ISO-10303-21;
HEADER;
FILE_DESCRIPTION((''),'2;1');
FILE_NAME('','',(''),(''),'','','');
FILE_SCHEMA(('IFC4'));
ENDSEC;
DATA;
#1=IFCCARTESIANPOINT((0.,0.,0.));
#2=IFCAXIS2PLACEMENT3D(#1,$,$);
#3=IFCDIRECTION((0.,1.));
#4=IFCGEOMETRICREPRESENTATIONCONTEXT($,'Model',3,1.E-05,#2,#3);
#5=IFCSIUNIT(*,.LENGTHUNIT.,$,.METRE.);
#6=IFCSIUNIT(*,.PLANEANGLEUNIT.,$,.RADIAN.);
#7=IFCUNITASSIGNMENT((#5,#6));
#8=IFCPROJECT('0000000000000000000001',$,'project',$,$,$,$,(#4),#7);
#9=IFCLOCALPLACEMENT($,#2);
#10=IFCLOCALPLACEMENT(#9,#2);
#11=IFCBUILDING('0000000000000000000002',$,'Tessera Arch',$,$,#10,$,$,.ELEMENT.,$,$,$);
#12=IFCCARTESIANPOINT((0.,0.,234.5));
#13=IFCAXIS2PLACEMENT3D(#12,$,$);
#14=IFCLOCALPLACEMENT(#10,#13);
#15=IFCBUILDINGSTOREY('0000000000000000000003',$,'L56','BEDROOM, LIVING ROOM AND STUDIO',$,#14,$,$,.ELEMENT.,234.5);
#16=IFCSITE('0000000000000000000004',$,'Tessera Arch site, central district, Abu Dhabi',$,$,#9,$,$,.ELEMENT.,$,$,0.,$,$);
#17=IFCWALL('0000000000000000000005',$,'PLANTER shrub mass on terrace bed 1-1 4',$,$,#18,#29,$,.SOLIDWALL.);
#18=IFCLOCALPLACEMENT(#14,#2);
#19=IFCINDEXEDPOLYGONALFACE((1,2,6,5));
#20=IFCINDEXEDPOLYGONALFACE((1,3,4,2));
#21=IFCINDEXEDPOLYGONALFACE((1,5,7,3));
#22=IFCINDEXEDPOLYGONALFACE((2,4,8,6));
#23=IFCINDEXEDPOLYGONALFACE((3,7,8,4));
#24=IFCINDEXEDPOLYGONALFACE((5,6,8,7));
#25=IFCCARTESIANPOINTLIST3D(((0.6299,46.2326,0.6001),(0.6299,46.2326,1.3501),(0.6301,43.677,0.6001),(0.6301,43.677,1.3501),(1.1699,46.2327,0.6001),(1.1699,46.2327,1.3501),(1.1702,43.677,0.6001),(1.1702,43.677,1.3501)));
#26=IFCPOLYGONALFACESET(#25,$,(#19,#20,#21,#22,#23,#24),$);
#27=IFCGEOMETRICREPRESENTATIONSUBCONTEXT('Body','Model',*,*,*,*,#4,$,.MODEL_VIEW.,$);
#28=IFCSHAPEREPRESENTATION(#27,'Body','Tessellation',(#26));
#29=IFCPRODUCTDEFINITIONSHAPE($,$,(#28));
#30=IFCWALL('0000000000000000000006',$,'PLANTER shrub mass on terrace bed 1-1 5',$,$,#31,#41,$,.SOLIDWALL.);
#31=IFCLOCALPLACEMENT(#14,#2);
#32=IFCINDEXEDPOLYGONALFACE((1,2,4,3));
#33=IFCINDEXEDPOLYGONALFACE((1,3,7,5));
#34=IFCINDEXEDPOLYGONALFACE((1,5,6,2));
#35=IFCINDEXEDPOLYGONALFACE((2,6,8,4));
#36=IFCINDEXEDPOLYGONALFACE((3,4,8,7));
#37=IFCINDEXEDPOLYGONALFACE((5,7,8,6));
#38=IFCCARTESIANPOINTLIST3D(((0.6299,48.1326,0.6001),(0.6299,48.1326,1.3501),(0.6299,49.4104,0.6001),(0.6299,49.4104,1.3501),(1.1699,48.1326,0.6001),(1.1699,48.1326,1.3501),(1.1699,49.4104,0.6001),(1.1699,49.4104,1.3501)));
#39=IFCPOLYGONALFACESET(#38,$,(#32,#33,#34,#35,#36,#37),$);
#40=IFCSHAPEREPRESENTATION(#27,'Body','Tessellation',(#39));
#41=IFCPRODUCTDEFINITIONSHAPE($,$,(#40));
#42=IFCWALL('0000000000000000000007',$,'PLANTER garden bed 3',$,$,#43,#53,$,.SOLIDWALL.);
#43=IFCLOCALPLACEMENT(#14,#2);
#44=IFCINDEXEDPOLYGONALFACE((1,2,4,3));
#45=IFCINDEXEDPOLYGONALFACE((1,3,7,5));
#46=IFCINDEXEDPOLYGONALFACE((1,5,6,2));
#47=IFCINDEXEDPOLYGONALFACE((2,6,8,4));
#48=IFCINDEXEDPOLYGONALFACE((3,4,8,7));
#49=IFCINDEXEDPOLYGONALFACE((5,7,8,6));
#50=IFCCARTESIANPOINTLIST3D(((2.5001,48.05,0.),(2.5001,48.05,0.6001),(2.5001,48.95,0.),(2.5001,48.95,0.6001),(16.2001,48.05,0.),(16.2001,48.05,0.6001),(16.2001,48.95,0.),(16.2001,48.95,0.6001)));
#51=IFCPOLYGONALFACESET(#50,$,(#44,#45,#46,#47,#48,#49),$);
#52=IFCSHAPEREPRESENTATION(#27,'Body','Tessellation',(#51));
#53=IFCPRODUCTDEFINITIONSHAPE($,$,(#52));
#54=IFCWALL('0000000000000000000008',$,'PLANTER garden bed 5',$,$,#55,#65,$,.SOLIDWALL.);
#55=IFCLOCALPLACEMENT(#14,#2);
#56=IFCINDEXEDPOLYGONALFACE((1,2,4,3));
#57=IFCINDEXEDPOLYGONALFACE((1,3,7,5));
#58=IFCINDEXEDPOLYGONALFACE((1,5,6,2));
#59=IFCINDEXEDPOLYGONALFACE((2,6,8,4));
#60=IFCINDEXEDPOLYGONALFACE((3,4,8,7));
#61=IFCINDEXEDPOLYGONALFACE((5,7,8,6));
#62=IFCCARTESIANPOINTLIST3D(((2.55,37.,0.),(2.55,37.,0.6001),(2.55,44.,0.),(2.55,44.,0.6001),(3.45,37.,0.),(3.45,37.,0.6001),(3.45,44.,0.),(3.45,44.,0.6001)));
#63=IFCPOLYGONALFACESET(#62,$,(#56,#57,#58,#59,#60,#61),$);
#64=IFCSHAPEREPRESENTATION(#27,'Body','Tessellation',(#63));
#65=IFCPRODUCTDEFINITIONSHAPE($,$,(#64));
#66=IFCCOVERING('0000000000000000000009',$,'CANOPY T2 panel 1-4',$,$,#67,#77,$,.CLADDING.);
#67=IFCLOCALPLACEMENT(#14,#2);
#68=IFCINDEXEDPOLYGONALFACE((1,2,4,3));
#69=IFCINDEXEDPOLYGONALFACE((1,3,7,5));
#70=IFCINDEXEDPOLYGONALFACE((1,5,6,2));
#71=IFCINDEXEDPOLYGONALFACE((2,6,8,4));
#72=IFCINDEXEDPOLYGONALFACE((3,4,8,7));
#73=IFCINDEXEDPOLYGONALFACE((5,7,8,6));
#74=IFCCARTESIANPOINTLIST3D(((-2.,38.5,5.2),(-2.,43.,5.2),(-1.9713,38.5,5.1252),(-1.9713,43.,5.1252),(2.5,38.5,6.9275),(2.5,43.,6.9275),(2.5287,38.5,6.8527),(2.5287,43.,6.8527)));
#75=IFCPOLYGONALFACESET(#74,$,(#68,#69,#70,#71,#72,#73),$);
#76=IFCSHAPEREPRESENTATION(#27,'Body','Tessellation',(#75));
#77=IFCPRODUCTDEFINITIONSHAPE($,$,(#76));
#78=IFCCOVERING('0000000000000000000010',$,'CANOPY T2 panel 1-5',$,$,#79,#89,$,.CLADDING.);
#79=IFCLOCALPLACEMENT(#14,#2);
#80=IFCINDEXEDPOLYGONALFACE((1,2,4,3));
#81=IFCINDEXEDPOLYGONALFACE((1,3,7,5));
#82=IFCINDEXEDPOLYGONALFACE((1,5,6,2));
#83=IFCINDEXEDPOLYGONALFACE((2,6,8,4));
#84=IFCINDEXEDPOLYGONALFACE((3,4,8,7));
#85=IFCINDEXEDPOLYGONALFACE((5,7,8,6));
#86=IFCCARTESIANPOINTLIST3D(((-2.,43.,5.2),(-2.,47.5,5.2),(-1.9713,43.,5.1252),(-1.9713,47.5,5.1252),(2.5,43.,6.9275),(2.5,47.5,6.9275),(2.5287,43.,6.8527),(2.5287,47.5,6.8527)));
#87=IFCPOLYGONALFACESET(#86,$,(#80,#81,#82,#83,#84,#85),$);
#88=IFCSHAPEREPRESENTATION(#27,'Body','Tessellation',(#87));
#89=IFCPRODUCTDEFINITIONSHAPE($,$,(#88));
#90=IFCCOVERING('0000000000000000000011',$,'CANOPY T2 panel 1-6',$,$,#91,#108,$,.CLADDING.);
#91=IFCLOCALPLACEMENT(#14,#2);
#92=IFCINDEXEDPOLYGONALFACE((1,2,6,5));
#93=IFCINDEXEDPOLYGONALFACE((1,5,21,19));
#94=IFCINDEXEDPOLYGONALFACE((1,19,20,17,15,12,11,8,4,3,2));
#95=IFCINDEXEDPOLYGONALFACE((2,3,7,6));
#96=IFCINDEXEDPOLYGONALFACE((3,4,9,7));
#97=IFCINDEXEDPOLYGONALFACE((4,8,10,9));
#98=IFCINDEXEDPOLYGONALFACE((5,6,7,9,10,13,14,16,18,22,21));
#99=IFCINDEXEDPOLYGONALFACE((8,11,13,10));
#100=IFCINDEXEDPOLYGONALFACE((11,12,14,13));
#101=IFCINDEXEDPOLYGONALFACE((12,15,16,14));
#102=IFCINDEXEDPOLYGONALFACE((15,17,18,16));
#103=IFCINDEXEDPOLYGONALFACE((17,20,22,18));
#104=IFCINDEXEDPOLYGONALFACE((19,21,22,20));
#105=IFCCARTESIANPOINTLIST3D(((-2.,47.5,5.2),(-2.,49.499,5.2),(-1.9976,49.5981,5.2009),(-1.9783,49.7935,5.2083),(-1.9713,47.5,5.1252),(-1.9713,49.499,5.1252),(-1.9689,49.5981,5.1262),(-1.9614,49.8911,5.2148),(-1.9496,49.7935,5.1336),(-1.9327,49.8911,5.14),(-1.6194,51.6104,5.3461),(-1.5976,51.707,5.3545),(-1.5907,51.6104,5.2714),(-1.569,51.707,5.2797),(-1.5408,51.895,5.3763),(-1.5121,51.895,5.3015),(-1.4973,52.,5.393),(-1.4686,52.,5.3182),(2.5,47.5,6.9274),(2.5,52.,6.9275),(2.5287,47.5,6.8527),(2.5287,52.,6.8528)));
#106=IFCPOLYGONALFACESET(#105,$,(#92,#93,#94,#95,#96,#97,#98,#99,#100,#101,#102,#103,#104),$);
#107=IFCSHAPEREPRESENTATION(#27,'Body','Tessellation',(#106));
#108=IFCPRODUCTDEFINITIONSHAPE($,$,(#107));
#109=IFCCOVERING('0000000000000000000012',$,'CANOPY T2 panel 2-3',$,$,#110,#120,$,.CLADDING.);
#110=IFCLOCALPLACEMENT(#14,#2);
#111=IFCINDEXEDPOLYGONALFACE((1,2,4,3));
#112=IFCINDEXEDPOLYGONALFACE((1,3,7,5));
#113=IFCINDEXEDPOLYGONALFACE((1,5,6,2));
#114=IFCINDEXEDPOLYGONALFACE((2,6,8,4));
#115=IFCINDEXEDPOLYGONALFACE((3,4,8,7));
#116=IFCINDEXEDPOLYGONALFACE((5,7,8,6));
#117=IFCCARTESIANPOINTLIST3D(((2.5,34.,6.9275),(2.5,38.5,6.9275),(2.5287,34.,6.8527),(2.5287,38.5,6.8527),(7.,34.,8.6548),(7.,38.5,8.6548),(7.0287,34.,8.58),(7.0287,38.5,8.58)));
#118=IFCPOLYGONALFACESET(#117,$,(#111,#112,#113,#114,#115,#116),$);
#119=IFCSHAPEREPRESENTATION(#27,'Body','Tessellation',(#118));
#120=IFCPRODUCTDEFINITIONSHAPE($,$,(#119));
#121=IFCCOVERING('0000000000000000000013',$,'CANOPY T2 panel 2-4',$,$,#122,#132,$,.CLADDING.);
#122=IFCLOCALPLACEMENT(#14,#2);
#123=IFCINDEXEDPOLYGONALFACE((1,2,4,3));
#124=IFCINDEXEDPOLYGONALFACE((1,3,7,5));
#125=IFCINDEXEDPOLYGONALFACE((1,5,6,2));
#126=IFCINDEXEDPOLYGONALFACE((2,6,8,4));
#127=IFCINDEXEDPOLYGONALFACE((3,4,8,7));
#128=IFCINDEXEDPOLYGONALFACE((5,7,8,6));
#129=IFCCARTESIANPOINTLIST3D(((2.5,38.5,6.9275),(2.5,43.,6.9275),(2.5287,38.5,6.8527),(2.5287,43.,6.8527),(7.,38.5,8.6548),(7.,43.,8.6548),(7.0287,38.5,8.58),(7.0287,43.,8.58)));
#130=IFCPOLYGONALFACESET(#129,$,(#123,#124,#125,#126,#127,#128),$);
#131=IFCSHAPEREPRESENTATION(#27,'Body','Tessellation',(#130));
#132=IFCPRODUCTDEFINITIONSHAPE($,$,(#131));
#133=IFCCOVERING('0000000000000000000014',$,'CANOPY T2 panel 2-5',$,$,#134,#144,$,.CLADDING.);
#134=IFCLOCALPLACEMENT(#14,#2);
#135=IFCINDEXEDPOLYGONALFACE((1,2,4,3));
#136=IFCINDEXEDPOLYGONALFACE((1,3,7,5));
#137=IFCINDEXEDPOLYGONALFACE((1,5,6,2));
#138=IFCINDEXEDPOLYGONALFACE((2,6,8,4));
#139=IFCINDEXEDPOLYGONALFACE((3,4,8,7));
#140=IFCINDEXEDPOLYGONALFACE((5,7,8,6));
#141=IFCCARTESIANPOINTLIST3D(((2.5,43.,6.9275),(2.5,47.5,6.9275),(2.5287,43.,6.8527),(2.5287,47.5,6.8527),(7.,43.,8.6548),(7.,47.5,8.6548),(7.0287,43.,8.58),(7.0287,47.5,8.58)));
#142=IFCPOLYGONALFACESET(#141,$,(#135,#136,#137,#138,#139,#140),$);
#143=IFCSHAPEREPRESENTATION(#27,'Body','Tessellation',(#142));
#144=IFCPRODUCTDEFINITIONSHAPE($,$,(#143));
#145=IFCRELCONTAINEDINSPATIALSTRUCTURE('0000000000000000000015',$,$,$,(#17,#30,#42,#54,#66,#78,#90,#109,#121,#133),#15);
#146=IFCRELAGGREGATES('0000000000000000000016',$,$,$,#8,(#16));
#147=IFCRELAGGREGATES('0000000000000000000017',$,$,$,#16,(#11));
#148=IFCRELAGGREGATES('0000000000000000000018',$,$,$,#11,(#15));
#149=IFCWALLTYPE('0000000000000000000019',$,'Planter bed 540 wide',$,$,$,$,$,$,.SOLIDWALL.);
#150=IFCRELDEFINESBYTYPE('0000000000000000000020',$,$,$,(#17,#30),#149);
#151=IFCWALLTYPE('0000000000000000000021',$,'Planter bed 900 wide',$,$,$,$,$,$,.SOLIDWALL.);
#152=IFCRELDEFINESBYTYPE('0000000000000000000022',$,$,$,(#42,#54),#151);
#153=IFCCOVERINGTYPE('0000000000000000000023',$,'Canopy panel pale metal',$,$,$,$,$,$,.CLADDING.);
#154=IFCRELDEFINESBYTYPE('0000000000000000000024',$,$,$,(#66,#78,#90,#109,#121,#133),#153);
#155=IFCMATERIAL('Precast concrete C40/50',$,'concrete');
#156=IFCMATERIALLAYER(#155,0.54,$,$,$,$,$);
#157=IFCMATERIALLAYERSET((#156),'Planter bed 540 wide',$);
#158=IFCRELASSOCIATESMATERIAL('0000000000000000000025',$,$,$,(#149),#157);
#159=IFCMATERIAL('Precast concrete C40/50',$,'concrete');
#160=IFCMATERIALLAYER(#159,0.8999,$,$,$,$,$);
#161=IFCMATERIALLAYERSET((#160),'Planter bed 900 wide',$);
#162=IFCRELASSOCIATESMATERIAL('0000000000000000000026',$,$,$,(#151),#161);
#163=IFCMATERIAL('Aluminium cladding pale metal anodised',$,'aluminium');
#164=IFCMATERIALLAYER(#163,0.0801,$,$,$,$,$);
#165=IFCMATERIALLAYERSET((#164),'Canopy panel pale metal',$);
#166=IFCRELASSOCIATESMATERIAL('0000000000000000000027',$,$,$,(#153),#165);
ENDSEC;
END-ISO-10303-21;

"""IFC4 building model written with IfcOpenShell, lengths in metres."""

from ifc_helpers import new_model, si_unit, direction, frame, frame_2d, origin, place, context, subcontext, project, spatial, polyline, rectangle, outline, extrude, material, layer, layer_set, type_object, element, save


model = new_model("IFC4")

# Units and contexts
model_context = context("Model", 3, precision=1e-05, world=origin(), true_north=direction((0.0, 1.0)))
body_context = subcontext(model_context, "Body", "Model", "MODEL_VIEW")
ifc_project = project(units=[si_unit("LENGTHUNIT", "METRE"), si_unit("PLANEANGLEUNIT", "RADIAN")], contexts=[model_context])

# Site, building, storey
site_placement = place(None, origin())
site = spatial("IfcSite", under=ifc_project, at=site_placement, Name="Tessera Arch site, central district, Abu Dhabi", CompositionType="ELEMENT", RefElevation=0.0)
building_placement = place(site_placement, origin())
building = spatial("IfcBuilding", under=site, at=building_placement, Name="Tessera Arch", CompositionType="ELEMENT")
storey_placement = place(building_placement, frame((0.0, 0.0, 234.5)))
storey = spatial("IfcBuildingStorey", under=building, at=storey_placement, Name="L56", Description="BEDROOM, LIVING ROOM AND STUDIO", CompositionType="ELEMENT", Elevation=234.5)

# Walls
ifc_material_1 = material(Name="Precast concrete C40/50", Category="concrete")
ifc_layer_1 = layer(ifc_material_1, 0.54)
ifc_layer_set_1 = layer_set([ifc_layer_1], Name="Planter bed 540 wide")
wall_type_1 = type_object("IfcWallType", Name="Planter bed 540 wide", PredefinedType="SOLIDWALL", material=ifc_layer_set_1)
wall_1_placement = place(storey_placement, frame((0.9001, 43.677, 0.6001), z_axis=(0.0, 0.0, 1.0), x_axis=(-0.000096, 1.0, 0.0)))
element("IfcWall", 1, at=wall_1_placement, inside=storey, type_object=wall_type_1, Name="PLANTER shrub mass on terrace bed 1-1 4", PredefinedType="SOLIDWALL", context=body_context, shape_type="SweptSolid", body=[
    extrude(rectangle(XDim=2.5557, YDim=0.54, at=frame_2d((1.2778, 0.0))), origin(), (0.0, 0.0, 1.0), 0.75),
])
wall_2_placement = place(storey_placement, frame((0.8999, 48.1326, 0.6001), z_axis=(0.0, 0.0, 1.0), x_axis=(0.0, 1.0, 0.0)))
element("IfcWall", 2, at=wall_2_placement, inside=storey, type_object=wall_type_1, Name="PLANTER shrub mass on terrace bed 1-1 5", PredefinedType="SOLIDWALL", context=body_context, shape_type="SweptSolid", body=[
    extrude(rectangle(XDim=1.2778, YDim=0.54, at=frame_2d((0.6389, 0.0))), origin(), (0.0, 0.0, 1.0), 0.75),
])
ifc_material_2 = material(Name="Precast concrete C40/50", Category="concrete")
ifc_layer_2 = layer(ifc_material_2, 0.8999)
ifc_layer_set_2 = layer_set([ifc_layer_2], Name="Planter bed 900 wide")
wall_type_2 = type_object("IfcWallType", Name="Planter bed 900 wide", PredefinedType="SOLIDWALL", material=ifc_layer_set_2)
wall_3_placement = place(storey_placement, frame((2.5, 48.5, 0.0), z_axis=(0.0, 0.0, 1.0), x_axis=(1.0, 0.0, 0.0)))
element("IfcWall", 3, at=wall_3_placement, inside=storey, type_object=wall_type_2, Name="PLANTER garden bed 3", PredefinedType="SOLIDWALL", context=body_context, shape_type="SweptSolid", body=[
    extrude(rectangle(XDim=13.7, YDim=0.8999, at=frame_2d((6.8501, 0.0))), origin(), (0.0, 0.0, 1.0), 0.6001),
])
wall_4_placement = place(storey_placement, frame((3.0, 37.0, 0.0), z_axis=(0.0, 0.0, 1.0), x_axis=(0.0, 1.0, 0.0)))
element("IfcWall", 4, at=wall_4_placement, inside=storey, type_object=wall_type_2, Name="PLANTER garden bed 5", PredefinedType="SOLIDWALL", context=body_context, shape_type="SweptSolid", body=[
    extrude(rectangle(XDim=7.0, YDim=0.8999, at=frame_2d((3.5, 0.0))), origin(), (0.0, 0.0, 1.0), 0.6001),
])

# Coverings
ifc_material_3 = material(Name="Aluminium cladding pale metal anodised", Category="aluminium")
ifc_layer_3 = layer(ifc_material_3, 0.0801)
ifc_layer_set_3 = layer_set([ifc_layer_3], Name="Canopy panel pale metal")
covering_type = type_object("IfcCoveringType", Name="Canopy panel pale metal", PredefinedType="CLADDING", material=ifc_layer_set_3)
for number, where, z_axis, x_axis, name in (
    (5, (-2.0, 38.5, 5.2), (-0.358395, 0.0, 0.93357), (0.93357, 0.0, 0.358395), "CANOPY T2 panel 1-4"),
    (6, (-2.0, 43.0, 5.2), (-0.358395, 0.0, 0.93357), (0.93357, 0.0, 0.358395), "CANOPY T2 panel 1-5"),
):
    element("IfcCovering", number, at=place(storey_placement, frame(where, z_axis=z_axis, x_axis=x_axis)), inside=storey, type_object=covering_type, Name=name, PredefinedType="CLADDING", context=body_context, shape_type="SweptSolid", body=[
        extrude(outline(polyline([(0.0, 0.0), (4.8202, 0.0), (4.8202, 4.5), (0.0, 4.5), (0.0, 0.0)])), origin(), (0.0, 0.0, -1.0), 0.0801),
    ])
covering_placement = place(storey_placement, frame((-2.0, 47.5, 5.2), z_axis=(-0.358387, -0.000015, 0.933573), x_axis=(0.933573, 0.0, 0.358387)))
element("IfcCovering", 7, at=covering_placement, inside=storey, type_object=covering_type, Name="CANOPY T2 panel 1-6", PredefinedType="CLADDING", context=body_context, shape_type="SweptSolid", body=[
    extrude(outline(polyline([(0.0, 0.0), (4.8202, 0.0), (4.8202, 4.5), (0.5385, 4.5), (0.4919, 4.395), (0.431, 4.207), (0.4077, 4.1104), (0.0413, 2.3911), (0.0233, 2.2935), (0.0026, 2.0981), (0.0, 1.999), (0.0, 0.0)])), origin(), (0.0, 0.0, -1.0), 0.0801),
])
for number, where, z_axis, x_axis, name in (
    (8, (7.0, 34.0, 8.6548), (-0.358351, 0.0, 0.933587), (0.0, 1.0, 0.0), "CANOPY T2 panel 2-3"),
    (9, (7.0, 38.5, 8.6548), (-0.358351, 0.0, 0.933587), (0.0, 1.0, 0.0), "CANOPY T2 panel 2-4"),
    (10, (7.0, 43.0, 8.6548), (-0.358351, 0.0, 0.933587), (0.0, 1.0, 0.0), "CANOPY T2 panel 2-5"),
):
    element("IfcCovering", number, at=place(storey_placement, frame(where, z_axis=z_axis, x_axis=x_axis)), inside=storey, type_object=covering_type, Name=name, PredefinedType="CLADDING", context=body_context, shape_type="SweptSolid", body=[
        extrude(outline(polyline([(0.0, 0.0), (4.5, 0.0), (4.5, 4.8201), (0.0, 4.8201), (0.0, 0.0)])), origin(), (0.0, 0.0, -1.0), 0.0801),
    ])

save(model, "model.ifc")
